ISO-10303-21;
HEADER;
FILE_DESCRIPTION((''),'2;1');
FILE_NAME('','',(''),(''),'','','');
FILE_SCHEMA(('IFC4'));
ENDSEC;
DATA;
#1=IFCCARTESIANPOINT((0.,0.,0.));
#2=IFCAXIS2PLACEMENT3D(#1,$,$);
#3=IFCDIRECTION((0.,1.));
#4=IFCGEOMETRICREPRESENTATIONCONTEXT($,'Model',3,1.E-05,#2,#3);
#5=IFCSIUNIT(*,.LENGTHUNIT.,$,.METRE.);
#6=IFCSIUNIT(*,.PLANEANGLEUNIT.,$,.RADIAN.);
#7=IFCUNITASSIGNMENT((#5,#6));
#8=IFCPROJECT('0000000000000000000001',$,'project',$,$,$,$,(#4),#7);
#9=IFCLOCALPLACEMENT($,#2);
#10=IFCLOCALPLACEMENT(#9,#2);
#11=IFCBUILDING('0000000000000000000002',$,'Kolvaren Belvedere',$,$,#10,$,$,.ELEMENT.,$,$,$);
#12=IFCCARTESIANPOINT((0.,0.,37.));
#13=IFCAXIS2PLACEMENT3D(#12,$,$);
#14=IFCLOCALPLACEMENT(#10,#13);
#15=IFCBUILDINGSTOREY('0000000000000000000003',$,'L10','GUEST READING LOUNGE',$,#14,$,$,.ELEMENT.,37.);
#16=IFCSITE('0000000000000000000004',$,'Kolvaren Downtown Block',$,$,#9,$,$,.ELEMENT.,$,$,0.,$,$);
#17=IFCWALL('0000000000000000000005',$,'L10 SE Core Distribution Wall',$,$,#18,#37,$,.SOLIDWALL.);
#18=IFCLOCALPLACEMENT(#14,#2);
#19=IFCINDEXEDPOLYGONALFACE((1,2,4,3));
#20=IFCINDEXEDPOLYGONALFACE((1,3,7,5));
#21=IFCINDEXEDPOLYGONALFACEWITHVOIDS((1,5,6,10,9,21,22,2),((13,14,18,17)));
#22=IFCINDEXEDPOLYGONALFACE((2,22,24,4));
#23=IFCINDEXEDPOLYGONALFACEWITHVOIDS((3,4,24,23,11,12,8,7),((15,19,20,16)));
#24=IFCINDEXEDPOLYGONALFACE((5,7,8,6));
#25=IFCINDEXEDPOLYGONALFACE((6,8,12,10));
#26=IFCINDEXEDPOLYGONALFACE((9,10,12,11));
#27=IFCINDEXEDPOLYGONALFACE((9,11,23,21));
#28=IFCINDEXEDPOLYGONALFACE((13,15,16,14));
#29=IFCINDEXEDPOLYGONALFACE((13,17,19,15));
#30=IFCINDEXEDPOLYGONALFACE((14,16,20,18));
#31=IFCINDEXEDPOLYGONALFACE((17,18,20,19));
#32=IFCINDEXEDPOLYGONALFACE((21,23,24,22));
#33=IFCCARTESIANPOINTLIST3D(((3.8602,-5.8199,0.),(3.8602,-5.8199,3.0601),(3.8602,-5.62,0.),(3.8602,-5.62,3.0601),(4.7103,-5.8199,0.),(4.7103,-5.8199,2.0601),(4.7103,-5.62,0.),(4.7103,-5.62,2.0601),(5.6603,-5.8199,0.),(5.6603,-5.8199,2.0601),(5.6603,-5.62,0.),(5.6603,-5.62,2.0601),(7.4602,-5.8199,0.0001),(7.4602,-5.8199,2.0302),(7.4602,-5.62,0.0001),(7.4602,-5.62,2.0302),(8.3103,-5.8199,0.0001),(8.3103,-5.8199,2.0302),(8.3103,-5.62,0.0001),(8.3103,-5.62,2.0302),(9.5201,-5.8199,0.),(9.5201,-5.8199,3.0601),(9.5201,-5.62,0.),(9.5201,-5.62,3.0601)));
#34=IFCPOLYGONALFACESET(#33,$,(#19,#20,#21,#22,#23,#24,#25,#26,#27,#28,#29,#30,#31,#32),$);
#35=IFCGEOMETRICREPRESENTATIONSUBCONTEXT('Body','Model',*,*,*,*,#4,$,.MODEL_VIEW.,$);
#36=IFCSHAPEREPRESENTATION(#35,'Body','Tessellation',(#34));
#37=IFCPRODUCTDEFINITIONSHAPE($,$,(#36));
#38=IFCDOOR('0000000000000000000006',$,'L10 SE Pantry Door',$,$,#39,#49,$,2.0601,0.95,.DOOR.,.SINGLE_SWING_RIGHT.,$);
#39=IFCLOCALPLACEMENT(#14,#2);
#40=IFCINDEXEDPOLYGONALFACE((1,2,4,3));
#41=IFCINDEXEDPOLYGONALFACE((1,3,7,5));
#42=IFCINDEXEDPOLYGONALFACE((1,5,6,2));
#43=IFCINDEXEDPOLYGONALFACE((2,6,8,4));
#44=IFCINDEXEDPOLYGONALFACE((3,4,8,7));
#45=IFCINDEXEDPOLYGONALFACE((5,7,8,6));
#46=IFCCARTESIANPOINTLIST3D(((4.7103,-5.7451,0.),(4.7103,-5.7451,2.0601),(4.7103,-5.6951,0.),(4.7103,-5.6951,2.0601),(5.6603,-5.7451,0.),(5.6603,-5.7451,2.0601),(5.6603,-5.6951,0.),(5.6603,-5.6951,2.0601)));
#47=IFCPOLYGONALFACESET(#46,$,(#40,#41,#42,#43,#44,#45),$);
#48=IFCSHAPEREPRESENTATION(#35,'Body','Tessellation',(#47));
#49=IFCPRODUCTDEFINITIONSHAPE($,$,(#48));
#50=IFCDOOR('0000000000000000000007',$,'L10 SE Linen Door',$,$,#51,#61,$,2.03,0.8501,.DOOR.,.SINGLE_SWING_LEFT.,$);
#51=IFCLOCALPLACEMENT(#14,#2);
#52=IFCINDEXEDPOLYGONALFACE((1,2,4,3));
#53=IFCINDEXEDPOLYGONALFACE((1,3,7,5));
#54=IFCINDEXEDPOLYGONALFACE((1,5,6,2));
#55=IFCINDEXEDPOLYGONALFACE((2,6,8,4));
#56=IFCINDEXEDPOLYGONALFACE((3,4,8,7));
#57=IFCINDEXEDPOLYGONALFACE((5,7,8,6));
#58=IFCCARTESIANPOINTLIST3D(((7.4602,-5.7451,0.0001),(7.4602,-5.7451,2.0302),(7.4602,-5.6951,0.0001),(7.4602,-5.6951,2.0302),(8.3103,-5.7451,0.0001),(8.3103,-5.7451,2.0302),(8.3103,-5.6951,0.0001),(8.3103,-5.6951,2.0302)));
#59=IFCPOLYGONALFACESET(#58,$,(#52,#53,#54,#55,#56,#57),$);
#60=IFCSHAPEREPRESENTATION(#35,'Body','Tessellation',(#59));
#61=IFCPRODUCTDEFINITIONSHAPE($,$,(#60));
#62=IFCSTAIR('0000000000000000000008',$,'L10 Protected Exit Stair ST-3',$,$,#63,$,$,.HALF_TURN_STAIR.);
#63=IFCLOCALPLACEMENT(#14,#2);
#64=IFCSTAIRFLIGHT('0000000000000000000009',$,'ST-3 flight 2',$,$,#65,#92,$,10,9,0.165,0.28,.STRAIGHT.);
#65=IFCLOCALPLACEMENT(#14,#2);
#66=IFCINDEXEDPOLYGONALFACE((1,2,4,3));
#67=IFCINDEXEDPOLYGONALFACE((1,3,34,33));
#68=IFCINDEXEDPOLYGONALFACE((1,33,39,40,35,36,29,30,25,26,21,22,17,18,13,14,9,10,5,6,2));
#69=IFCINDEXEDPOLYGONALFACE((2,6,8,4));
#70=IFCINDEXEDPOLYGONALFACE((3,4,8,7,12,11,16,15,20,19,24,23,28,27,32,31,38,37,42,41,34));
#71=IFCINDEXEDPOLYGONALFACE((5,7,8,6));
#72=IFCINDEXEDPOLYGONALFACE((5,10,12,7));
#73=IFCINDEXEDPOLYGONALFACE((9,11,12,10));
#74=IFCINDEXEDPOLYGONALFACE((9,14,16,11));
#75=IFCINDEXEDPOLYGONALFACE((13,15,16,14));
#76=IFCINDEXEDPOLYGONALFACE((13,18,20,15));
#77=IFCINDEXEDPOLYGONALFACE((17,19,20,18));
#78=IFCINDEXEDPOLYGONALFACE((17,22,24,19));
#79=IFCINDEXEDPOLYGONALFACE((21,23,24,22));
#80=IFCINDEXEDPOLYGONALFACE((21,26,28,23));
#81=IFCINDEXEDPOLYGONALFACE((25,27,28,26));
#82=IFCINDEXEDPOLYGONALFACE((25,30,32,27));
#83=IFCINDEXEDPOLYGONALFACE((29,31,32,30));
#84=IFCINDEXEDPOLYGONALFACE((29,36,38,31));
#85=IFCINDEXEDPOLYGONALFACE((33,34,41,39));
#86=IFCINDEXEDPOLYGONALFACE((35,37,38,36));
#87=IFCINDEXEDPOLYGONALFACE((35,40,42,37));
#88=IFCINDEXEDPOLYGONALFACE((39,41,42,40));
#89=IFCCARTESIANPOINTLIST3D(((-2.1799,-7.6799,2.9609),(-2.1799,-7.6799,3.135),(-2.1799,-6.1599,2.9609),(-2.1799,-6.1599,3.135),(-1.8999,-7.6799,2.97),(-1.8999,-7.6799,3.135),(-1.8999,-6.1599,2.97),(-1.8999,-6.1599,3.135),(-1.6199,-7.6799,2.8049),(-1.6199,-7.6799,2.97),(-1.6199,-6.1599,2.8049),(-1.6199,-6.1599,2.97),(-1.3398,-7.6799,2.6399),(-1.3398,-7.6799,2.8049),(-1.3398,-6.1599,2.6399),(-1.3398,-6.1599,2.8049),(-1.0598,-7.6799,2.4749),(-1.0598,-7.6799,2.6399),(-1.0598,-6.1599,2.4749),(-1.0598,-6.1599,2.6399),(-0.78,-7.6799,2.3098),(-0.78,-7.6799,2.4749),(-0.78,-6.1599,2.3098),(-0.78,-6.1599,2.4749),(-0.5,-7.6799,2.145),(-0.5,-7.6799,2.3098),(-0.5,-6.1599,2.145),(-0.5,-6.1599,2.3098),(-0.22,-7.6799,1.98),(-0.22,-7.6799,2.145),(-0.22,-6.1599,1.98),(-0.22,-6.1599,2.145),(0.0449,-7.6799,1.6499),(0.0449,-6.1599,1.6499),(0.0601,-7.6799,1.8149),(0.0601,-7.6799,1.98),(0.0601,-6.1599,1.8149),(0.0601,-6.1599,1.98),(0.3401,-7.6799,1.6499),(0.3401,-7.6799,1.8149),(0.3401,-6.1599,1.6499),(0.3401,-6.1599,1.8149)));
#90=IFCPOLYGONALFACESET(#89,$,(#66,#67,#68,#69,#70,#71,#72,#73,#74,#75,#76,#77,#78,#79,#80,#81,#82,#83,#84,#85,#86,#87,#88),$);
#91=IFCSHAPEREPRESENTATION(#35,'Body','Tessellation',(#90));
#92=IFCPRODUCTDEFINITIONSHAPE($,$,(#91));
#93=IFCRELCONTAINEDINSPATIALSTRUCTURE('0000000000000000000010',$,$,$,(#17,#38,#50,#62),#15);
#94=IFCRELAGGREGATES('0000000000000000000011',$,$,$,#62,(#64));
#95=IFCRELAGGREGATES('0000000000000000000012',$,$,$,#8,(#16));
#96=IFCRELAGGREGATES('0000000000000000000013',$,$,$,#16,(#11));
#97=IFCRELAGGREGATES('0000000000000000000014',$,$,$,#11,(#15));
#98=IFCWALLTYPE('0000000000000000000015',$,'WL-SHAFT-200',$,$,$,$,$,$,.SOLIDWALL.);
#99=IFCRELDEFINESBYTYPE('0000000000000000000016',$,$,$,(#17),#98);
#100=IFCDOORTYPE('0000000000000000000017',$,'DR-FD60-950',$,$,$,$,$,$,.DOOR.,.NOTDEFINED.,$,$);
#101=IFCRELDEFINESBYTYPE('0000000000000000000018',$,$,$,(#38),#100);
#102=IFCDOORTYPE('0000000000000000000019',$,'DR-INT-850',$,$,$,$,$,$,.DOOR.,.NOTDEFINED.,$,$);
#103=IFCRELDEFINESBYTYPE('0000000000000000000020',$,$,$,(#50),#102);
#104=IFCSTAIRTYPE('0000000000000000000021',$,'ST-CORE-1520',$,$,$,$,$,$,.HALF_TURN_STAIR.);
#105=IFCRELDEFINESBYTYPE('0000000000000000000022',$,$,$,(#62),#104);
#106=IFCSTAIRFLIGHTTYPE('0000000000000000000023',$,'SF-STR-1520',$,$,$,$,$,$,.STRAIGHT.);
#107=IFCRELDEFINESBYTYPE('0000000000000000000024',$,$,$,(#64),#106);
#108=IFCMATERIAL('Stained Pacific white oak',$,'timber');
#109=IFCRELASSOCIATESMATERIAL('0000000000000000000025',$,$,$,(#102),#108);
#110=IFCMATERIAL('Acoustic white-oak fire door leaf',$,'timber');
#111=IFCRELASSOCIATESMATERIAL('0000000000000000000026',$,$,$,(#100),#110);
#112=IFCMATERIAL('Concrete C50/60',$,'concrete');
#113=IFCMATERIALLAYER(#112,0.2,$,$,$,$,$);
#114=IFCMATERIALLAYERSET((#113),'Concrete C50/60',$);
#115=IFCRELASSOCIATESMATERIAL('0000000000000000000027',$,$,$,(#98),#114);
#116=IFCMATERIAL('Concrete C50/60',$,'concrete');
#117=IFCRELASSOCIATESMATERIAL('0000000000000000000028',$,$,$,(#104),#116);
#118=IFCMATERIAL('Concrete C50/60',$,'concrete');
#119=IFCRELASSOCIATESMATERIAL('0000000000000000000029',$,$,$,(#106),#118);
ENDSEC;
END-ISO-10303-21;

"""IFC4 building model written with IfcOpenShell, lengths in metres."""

from ifc_helpers import new_model, si_unit, direction, frame, frame_2d, origin, place, context, subcontext, project, spatial, polyline, rectangle, outline, extrude, material, layer, layer_set, type_object, element, fill, aggregate, save


model = new_model("IFC4")

# Units and contexts
model_context = context("Model", 3, precision=1e-05, world=origin(), true_north=direction((0.0, 1.0)))
body_context = subcontext(model_context, "Body", "Model", "MODEL_VIEW")
ifc_project = project(units=[si_unit("LENGTHUNIT", "METRE"), si_unit("PLANEANGLEUNIT", "RADIAN")], contexts=[model_context])

# Site, building, storey
site_placement = place(None, origin())
site = spatial("IfcSite", under=ifc_project, at=site_placement, Name="Kolvaren Downtown Block", CompositionType="ELEMENT", RefElevation=0.0)
building_placement = place(site_placement, origin())
building = spatial("IfcBuilding", under=site, at=building_placement, Name="Kolvaren Belvedere", CompositionType="ELEMENT")
storey_placement = place(building_placement, frame((0.0, 0.0, 37.0)))
storey = spatial("IfcBuildingStorey", under=building, at=storey_placement, Name="L10", Description="GUEST READING LOUNGE", CompositionType="ELEMENT", Elevation=37.0)

# Shared definitions
ifc_material_1 = material(Name="Stained Pacific white oak", Category="timber")
door_type_1 = type_object("IfcDoorType", Name="DR-INT-850", OperationType="NOTDEFINED", PredefinedType="DOOR", material=ifc_material_1)

# Shared definitions
ifc_material_2 = material(Name="Acoustic white-oak fire door leaf", Category="timber")
door_type_2 = type_object("IfcDoorType", Name="DR-FD60-950", OperationType="NOTDEFINED", PredefinedType="DOOR", material=ifc_material_2)

# Wall, openings, doors
ifc_material_3 = material(Name="Concrete C50/60", Category="concrete")
ifc_layer_1 = layer(ifc_material_3, 0.2)
ifc_layer_set_1 = layer_set([ifc_layer_1], Name="Concrete C50/60")
wall_type_1 = type_object("IfcWallType", Name="WL-SHAFT-200", PredefinedType="SOLIDWALL", material=ifc_layer_set_1)
wall_1_placement = place(storey_placement, frame((3.8601, -5.72, 0.0), z_axis=(0.0, 0.0, 1.0), x_axis=(1.0, 0.0, 0.0)))
wall_1 = element("IfcWall", 1, at=wall_1_placement, inside=storey, type_object=wall_type_1, Name="L10 SE Core Distribution Wall", PredefinedType="SOLIDWALL", context=body_context, shape_type="SweptSolid", body=[
    extrude(rectangle(XDim=5.6599, YDim=0.2, at=frame_2d((2.8301, 0.0))), origin(), (0.0, 0.0, 1.0), 3.0601),
])
opening_1_placement = place(wall_1_placement, frame((0.8501, 0.0, 0.0)))
opening_1 = element("IfcOpeningElement", 2, at=opening_1_placement, cuts=wall_1, PredefinedType="OPENING", context=body_context, shape_type="SweptSolid", body=[
    extrude(rectangle(XDim=0.95, YDim=2.0601, at=frame_2d((0.4751, 1.03))), frame((0.0, 0.1099, 0.0), z_axis=(0.0, -1.0, 0.0), x_axis=(1.0, 0.0, 0.0)), (0.0, 0.0, 1.0), 0.22),
])
opening_2_placement = place(wall_1_placement, frame((3.6001, 0.0, 0.0)))
opening_2 = element("IfcOpeningElement", 3, at=opening_2_placement, cuts=wall_1, PredefinedType="OPENING", context=body_context, shape_type="SweptSolid", body=[
    extrude(rectangle(XDim=0.8501, YDim=2.03, at=frame_2d((0.425, 1.0151))), frame((0.0, 0.1099, 0.0), z_axis=(0.0, -1.0, 0.0), x_axis=(1.0, 0.0, 0.0)), (0.0, 0.0, 1.0), 0.22),
])
door_1_placement = place(opening_1_placement, origin())
door_1 = element("IfcDoor", 4, at=door_1_placement, inside=storey, type_object=door_type_2, Name="L10 SE Pantry Door", OperationType="SINGLE_SWING_RIGHT", OverallHeight=2.0601, OverallWidth=0.95, PredefinedType="DOOR", context=body_context, shape_type="SweptSolid", body=[
    extrude(rectangle(XDim=0.95, YDim=2.0601, at=frame_2d((0.4751, 1.03))), frame((0.0, 0.0249, 0.0), z_axis=(0.0, -1.0, 0.0), x_axis=(1.0, 0.0, 0.0)), (0.0, 0.0, 1.0), 0.05),
])
fill(opening_1, door_1)
door_2_placement = place(opening_2_placement, origin())
door_2 = element("IfcDoor", 5, at=door_2_placement, inside=storey, type_object=door_type_1, Name="L10 SE Linen Door", OperationType="SINGLE_SWING_LEFT", OverallHeight=2.03, OverallWidth=0.8501, PredefinedType="DOOR", context=body_context, shape_type="SweptSolid", body=[
    extrude(rectangle(XDim=0.8501, YDim=2.03, at=frame_2d((0.425, 1.0151))), frame((0.0, 0.0249, 0.0), z_axis=(0.0, -1.0, 0.0), x_axis=(1.0, 0.0, 0.0)), (0.0, 0.0, 1.0), 0.05),
])
fill(opening_2, door_2)

# Stair, stair flight
ifc_material_4 = material(Name="Concrete C50/60", Category="concrete")
stair_type = type_object("IfcStairType", Name="ST-CORE-1520", PredefinedType="HALF_TURN_STAIR", material=ifc_material_4)
stair_placement = place(storey_placement, origin())
stair = element("IfcStair", 6, at=stair_placement, inside=storey, type_object=stair_type, Name="L10 Protected Exit Stair ST-3", PredefinedType="HALF_TURN_STAIR")
ifc_material_5 = material(Name="Concrete C50/60", Category="concrete")
stair_flight_type = type_object("IfcStairFlightType", Name="SF-STR-1520", PredefinedType="STRAIGHT", material=ifc_material_5)
stair_flight_placement = place(storey_placement, frame((0.3401, -6.9199, 1.6499), z_axis=(0.0, 0.0, 1.0), x_axis=(-1.0, 0.0, 0.0)))
stair_flight = element("IfcStairFlight", 7, at=stair_flight_placement, type_object=stair_flight_type, Name="ST-3 flight 2", NumberOfRisers=10, NumberOfTreads=9, PredefinedType="STRAIGHT", RiserHeight=0.165, TreadLength=0.28, context=body_context, shape_type="SweptSolid", body=[
    extrude(outline(polyline([(0.0, 0.0), (0.0, 0.165), (0.28, 0.165), (0.28, 0.3301), (0.5601, 0.3301), (0.5601, 0.4951), (0.8401, 0.4951), (0.8401, 0.6599), (1.1201, 0.6599), (1.1201, 0.825), (1.3999, 0.825), (1.3999, 0.99), (1.6799, 0.99), (1.6799, 1.155), (1.96, 1.155), (1.96, 1.3201), (2.24, 1.3201), (2.24, 1.4851), (2.52, 1.4851), (2.52, 1.6499), (2.52, 1.311), (0.2952, 0.0), (0.0, 0.0)])), frame((0.0, 0.76, 0.0), z_axis=(0.0, -1.0, 0.0), x_axis=(1.0, 0.0, 0.0)), (0.0, 0.0, 1.0), 1.52),
])
aggregate(stair, [stair_flight])

save(model, "model.ifc")
